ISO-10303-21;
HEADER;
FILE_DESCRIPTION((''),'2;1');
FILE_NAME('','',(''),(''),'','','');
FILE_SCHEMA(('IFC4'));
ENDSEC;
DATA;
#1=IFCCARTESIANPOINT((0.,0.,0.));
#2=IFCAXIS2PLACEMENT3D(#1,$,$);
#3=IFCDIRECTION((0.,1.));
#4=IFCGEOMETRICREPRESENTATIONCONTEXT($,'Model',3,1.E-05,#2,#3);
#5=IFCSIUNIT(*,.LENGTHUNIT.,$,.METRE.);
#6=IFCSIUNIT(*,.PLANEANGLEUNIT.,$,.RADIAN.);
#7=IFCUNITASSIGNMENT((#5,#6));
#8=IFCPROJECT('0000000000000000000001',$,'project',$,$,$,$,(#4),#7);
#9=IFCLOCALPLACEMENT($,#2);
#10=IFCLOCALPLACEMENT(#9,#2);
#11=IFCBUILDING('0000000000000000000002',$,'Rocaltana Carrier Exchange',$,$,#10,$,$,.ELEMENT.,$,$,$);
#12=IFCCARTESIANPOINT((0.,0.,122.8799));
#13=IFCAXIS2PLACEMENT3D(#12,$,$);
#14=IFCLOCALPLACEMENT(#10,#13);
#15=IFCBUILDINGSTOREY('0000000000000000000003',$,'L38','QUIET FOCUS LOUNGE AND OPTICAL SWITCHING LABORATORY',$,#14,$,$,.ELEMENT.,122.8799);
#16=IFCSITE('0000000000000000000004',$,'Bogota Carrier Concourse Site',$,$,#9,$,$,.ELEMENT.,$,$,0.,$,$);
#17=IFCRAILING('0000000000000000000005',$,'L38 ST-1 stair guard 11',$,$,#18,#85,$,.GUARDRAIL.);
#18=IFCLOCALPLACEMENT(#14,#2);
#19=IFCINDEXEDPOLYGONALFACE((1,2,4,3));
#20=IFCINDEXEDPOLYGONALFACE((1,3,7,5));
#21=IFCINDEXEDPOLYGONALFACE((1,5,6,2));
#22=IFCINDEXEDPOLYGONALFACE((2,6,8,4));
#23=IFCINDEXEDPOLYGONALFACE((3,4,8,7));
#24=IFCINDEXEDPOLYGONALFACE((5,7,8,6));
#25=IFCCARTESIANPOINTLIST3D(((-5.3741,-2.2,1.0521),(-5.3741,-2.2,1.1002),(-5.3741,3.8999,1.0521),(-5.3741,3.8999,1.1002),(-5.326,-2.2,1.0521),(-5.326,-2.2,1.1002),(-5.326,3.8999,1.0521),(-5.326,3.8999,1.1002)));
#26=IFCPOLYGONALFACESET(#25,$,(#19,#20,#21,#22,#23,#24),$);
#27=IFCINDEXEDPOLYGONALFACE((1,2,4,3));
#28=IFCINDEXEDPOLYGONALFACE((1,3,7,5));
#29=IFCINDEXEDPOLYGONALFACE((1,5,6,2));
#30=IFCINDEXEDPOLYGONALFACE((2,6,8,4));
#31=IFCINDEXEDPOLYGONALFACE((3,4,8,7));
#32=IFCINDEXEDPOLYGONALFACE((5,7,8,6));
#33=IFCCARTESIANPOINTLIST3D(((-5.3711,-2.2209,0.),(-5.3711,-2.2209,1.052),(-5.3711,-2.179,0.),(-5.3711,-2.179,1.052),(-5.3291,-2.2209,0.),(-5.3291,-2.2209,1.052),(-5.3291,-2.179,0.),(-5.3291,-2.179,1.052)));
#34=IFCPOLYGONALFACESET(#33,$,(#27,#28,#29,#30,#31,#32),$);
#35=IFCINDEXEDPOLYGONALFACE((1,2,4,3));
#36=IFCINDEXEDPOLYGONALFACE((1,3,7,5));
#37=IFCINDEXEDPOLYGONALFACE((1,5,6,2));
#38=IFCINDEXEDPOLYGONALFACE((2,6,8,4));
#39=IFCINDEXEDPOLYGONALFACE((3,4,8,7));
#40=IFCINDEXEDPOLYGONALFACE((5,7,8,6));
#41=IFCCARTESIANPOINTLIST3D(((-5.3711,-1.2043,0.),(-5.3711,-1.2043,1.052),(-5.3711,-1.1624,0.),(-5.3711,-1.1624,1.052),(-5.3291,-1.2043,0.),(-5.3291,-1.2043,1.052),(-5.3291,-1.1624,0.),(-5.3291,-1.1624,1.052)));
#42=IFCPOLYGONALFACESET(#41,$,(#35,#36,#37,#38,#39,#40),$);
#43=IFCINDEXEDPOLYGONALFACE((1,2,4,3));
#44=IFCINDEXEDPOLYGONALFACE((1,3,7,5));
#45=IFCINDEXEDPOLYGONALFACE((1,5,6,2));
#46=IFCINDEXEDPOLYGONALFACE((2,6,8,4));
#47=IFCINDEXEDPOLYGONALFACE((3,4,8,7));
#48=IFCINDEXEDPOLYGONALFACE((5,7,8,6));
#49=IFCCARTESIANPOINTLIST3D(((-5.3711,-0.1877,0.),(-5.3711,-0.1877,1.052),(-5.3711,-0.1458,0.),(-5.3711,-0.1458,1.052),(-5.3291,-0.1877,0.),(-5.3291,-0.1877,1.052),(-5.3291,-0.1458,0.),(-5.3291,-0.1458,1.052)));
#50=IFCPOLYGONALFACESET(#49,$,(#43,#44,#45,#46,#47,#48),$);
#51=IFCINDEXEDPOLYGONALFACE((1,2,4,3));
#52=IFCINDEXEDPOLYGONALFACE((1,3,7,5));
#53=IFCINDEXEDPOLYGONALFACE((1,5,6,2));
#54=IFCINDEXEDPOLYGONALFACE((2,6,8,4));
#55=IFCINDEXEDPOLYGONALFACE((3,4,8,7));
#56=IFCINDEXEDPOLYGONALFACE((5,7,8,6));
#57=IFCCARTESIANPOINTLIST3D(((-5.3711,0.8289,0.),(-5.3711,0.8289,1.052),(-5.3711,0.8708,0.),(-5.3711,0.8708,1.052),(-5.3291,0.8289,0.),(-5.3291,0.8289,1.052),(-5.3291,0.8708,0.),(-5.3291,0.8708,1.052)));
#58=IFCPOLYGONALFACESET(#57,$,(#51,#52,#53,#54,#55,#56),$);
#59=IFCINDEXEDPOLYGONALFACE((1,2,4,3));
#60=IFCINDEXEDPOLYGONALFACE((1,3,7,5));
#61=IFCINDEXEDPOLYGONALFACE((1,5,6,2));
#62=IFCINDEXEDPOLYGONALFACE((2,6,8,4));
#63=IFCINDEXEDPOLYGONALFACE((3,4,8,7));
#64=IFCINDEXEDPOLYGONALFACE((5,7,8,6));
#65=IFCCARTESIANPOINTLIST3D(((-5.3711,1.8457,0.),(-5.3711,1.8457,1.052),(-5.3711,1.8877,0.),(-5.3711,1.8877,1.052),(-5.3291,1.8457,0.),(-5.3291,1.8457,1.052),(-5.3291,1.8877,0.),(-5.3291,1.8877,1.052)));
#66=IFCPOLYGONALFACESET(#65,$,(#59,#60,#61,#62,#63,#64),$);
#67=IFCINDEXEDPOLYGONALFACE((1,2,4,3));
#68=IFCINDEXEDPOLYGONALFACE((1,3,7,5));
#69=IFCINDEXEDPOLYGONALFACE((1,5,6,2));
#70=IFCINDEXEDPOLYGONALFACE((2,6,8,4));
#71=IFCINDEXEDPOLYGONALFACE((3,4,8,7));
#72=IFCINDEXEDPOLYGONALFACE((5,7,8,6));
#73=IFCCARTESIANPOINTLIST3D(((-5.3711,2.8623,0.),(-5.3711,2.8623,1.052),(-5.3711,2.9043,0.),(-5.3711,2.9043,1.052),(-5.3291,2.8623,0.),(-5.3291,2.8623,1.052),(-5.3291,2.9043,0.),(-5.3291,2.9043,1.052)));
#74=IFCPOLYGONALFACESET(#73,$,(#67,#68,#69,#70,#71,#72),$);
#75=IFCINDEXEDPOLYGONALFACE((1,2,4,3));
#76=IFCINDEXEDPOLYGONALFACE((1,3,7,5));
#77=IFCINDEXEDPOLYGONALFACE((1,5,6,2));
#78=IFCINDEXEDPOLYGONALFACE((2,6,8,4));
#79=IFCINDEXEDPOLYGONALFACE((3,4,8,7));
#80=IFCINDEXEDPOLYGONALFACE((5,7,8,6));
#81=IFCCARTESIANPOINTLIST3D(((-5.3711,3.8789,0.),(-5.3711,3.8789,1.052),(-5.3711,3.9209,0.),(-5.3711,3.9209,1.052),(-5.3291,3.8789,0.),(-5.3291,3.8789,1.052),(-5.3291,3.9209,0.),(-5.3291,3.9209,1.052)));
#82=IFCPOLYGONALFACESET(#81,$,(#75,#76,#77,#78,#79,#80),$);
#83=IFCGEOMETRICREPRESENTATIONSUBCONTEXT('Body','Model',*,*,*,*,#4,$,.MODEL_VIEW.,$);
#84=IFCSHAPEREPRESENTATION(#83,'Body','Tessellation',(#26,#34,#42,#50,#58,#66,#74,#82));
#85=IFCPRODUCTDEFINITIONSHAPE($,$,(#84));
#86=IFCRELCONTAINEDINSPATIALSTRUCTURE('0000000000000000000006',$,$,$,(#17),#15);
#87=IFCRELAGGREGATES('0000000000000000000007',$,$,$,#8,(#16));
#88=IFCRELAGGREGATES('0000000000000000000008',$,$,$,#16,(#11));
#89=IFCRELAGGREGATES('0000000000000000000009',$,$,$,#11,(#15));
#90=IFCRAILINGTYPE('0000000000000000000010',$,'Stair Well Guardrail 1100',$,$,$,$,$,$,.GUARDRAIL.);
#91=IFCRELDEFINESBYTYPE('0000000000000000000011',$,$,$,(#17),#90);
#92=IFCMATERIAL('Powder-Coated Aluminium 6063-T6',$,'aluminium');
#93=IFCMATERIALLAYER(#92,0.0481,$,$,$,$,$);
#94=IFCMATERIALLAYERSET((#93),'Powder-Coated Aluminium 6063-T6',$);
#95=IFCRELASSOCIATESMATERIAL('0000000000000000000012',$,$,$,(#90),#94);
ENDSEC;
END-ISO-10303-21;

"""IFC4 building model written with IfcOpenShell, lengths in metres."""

from ifc_helpers import new_model, si_unit, direction, frame, origin, origin_2d, place, context, subcontext, project, spatial, rectangle, extrude, material, layer, layer_set, type_object, element, save


model = new_model("IFC4")

# Units and contexts
model_context = context("Model", 3, precision=1e-05, world=origin(), true_north=direction((0.0, 1.0)))
body_context = subcontext(model_context, "Body", "Model", "MODEL_VIEW")
ifc_project = project(units=[si_unit("LENGTHUNIT", "METRE"), si_unit("PLANEANGLEUNIT", "RADIAN")], contexts=[model_context])

# Site, building, storey
site_placement = place(None, origin())
site = spatial("IfcSite", under=ifc_project, at=site_placement, Name="Bogota Carrier Concourse Site", CompositionType="ELEMENT", RefElevation=0.0)
building_placement = place(site_placement, origin())
building = spatial("IfcBuilding", under=site, at=building_placement, Name="Rocaltana Carrier Exchange", CompositionType="ELEMENT")
storey_placement = place(building_placement, frame((0.0, 0.0, 122.8799)))
storey = spatial("IfcBuildingStorey", under=building, at=storey_placement, Name="L38", Description="QUIET FOCUS LOUNGE AND OPTICAL SWITCHING LABORATORY", CompositionType="ELEMENT", Elevation=122.8799)

# Railing
ifc_material_1 = material(Name="Powder-Coated Aluminium 6063-T6", Category="aluminium")
ifc_layer_1 = layer(ifc_material_1, 0.0481)
ifc_layer_set_1 = layer_set([ifc_layer_1], Name="Powder-Coated Aluminium 6063-T6")
railing_type_1 = type_object("IfcRailingType", Name="Stair Well Guardrail 1100", PredefinedType="GUARDRAIL", material=ifc_layer_set_1)
for number, where, name in (
    (1, (-5.3501, -2.2, 0.0), "L38 ST-1 stair guard 11"),
):
    element("IfcRailing", number, at=place(storey_placement, frame(where)), inside=storey, type_object=railing_type_1, Name=name, PredefinedType="GUARDRAIL", context=body_context, shape_type="SweptSolid", body=[
        extrude(rectangle(XDim=0.0481, YDim=0.0481, at=origin_2d()), frame((0.0, 0.0, 1.0762), z_axis=(0.0, 1.0, 0.0), x_axis=(-1.0, 0.0, 0.0)), (0.0, 0.0, 1.0), 6.0999),
        extrude(rectangle(XDim=0.042, YDim=0.042, at=origin_2d()), origin(), (0.0, 0.0, 1.0), 1.052),
        extrude(rectangle(XDim=0.042, YDim=0.042, at=origin_2d()), frame((0.0, 1.0166, 0.0)), (0.0, 0.0, 1.0), 1.052),
        extrude(rectangle(XDim=0.042, YDim=0.042, at=origin_2d()), frame((0.0, 2.0332, 0.0)), (0.0, 0.0, 1.0), 1.052),
        extrude(rectangle(XDim=0.042, YDim=0.042, at=origin_2d()), frame((0.0, 3.0498, 0.0)), (0.0, 0.0, 1.0), 1.052),
        extrude(rectangle(XDim=0.042, YDim=0.042, at=origin_2d()), frame((0.0, 4.0667, 0.0)), (0.0, 0.0, 1.0), 1.052),
        extrude(rectangle(XDim=0.042, YDim=0.042, at=origin_2d()), frame((0.0, 5.0833, 0.0)), (0.0, 0.0, 1.0), 1.052),
        extrude(rectangle(XDim=0.042, YDim=0.042, at=origin_2d()), frame((0.0, 6.0999, 0.0)), (0.0, 0.0, 1.0), 1.052),
    ])

save(model, "model.ifc")
